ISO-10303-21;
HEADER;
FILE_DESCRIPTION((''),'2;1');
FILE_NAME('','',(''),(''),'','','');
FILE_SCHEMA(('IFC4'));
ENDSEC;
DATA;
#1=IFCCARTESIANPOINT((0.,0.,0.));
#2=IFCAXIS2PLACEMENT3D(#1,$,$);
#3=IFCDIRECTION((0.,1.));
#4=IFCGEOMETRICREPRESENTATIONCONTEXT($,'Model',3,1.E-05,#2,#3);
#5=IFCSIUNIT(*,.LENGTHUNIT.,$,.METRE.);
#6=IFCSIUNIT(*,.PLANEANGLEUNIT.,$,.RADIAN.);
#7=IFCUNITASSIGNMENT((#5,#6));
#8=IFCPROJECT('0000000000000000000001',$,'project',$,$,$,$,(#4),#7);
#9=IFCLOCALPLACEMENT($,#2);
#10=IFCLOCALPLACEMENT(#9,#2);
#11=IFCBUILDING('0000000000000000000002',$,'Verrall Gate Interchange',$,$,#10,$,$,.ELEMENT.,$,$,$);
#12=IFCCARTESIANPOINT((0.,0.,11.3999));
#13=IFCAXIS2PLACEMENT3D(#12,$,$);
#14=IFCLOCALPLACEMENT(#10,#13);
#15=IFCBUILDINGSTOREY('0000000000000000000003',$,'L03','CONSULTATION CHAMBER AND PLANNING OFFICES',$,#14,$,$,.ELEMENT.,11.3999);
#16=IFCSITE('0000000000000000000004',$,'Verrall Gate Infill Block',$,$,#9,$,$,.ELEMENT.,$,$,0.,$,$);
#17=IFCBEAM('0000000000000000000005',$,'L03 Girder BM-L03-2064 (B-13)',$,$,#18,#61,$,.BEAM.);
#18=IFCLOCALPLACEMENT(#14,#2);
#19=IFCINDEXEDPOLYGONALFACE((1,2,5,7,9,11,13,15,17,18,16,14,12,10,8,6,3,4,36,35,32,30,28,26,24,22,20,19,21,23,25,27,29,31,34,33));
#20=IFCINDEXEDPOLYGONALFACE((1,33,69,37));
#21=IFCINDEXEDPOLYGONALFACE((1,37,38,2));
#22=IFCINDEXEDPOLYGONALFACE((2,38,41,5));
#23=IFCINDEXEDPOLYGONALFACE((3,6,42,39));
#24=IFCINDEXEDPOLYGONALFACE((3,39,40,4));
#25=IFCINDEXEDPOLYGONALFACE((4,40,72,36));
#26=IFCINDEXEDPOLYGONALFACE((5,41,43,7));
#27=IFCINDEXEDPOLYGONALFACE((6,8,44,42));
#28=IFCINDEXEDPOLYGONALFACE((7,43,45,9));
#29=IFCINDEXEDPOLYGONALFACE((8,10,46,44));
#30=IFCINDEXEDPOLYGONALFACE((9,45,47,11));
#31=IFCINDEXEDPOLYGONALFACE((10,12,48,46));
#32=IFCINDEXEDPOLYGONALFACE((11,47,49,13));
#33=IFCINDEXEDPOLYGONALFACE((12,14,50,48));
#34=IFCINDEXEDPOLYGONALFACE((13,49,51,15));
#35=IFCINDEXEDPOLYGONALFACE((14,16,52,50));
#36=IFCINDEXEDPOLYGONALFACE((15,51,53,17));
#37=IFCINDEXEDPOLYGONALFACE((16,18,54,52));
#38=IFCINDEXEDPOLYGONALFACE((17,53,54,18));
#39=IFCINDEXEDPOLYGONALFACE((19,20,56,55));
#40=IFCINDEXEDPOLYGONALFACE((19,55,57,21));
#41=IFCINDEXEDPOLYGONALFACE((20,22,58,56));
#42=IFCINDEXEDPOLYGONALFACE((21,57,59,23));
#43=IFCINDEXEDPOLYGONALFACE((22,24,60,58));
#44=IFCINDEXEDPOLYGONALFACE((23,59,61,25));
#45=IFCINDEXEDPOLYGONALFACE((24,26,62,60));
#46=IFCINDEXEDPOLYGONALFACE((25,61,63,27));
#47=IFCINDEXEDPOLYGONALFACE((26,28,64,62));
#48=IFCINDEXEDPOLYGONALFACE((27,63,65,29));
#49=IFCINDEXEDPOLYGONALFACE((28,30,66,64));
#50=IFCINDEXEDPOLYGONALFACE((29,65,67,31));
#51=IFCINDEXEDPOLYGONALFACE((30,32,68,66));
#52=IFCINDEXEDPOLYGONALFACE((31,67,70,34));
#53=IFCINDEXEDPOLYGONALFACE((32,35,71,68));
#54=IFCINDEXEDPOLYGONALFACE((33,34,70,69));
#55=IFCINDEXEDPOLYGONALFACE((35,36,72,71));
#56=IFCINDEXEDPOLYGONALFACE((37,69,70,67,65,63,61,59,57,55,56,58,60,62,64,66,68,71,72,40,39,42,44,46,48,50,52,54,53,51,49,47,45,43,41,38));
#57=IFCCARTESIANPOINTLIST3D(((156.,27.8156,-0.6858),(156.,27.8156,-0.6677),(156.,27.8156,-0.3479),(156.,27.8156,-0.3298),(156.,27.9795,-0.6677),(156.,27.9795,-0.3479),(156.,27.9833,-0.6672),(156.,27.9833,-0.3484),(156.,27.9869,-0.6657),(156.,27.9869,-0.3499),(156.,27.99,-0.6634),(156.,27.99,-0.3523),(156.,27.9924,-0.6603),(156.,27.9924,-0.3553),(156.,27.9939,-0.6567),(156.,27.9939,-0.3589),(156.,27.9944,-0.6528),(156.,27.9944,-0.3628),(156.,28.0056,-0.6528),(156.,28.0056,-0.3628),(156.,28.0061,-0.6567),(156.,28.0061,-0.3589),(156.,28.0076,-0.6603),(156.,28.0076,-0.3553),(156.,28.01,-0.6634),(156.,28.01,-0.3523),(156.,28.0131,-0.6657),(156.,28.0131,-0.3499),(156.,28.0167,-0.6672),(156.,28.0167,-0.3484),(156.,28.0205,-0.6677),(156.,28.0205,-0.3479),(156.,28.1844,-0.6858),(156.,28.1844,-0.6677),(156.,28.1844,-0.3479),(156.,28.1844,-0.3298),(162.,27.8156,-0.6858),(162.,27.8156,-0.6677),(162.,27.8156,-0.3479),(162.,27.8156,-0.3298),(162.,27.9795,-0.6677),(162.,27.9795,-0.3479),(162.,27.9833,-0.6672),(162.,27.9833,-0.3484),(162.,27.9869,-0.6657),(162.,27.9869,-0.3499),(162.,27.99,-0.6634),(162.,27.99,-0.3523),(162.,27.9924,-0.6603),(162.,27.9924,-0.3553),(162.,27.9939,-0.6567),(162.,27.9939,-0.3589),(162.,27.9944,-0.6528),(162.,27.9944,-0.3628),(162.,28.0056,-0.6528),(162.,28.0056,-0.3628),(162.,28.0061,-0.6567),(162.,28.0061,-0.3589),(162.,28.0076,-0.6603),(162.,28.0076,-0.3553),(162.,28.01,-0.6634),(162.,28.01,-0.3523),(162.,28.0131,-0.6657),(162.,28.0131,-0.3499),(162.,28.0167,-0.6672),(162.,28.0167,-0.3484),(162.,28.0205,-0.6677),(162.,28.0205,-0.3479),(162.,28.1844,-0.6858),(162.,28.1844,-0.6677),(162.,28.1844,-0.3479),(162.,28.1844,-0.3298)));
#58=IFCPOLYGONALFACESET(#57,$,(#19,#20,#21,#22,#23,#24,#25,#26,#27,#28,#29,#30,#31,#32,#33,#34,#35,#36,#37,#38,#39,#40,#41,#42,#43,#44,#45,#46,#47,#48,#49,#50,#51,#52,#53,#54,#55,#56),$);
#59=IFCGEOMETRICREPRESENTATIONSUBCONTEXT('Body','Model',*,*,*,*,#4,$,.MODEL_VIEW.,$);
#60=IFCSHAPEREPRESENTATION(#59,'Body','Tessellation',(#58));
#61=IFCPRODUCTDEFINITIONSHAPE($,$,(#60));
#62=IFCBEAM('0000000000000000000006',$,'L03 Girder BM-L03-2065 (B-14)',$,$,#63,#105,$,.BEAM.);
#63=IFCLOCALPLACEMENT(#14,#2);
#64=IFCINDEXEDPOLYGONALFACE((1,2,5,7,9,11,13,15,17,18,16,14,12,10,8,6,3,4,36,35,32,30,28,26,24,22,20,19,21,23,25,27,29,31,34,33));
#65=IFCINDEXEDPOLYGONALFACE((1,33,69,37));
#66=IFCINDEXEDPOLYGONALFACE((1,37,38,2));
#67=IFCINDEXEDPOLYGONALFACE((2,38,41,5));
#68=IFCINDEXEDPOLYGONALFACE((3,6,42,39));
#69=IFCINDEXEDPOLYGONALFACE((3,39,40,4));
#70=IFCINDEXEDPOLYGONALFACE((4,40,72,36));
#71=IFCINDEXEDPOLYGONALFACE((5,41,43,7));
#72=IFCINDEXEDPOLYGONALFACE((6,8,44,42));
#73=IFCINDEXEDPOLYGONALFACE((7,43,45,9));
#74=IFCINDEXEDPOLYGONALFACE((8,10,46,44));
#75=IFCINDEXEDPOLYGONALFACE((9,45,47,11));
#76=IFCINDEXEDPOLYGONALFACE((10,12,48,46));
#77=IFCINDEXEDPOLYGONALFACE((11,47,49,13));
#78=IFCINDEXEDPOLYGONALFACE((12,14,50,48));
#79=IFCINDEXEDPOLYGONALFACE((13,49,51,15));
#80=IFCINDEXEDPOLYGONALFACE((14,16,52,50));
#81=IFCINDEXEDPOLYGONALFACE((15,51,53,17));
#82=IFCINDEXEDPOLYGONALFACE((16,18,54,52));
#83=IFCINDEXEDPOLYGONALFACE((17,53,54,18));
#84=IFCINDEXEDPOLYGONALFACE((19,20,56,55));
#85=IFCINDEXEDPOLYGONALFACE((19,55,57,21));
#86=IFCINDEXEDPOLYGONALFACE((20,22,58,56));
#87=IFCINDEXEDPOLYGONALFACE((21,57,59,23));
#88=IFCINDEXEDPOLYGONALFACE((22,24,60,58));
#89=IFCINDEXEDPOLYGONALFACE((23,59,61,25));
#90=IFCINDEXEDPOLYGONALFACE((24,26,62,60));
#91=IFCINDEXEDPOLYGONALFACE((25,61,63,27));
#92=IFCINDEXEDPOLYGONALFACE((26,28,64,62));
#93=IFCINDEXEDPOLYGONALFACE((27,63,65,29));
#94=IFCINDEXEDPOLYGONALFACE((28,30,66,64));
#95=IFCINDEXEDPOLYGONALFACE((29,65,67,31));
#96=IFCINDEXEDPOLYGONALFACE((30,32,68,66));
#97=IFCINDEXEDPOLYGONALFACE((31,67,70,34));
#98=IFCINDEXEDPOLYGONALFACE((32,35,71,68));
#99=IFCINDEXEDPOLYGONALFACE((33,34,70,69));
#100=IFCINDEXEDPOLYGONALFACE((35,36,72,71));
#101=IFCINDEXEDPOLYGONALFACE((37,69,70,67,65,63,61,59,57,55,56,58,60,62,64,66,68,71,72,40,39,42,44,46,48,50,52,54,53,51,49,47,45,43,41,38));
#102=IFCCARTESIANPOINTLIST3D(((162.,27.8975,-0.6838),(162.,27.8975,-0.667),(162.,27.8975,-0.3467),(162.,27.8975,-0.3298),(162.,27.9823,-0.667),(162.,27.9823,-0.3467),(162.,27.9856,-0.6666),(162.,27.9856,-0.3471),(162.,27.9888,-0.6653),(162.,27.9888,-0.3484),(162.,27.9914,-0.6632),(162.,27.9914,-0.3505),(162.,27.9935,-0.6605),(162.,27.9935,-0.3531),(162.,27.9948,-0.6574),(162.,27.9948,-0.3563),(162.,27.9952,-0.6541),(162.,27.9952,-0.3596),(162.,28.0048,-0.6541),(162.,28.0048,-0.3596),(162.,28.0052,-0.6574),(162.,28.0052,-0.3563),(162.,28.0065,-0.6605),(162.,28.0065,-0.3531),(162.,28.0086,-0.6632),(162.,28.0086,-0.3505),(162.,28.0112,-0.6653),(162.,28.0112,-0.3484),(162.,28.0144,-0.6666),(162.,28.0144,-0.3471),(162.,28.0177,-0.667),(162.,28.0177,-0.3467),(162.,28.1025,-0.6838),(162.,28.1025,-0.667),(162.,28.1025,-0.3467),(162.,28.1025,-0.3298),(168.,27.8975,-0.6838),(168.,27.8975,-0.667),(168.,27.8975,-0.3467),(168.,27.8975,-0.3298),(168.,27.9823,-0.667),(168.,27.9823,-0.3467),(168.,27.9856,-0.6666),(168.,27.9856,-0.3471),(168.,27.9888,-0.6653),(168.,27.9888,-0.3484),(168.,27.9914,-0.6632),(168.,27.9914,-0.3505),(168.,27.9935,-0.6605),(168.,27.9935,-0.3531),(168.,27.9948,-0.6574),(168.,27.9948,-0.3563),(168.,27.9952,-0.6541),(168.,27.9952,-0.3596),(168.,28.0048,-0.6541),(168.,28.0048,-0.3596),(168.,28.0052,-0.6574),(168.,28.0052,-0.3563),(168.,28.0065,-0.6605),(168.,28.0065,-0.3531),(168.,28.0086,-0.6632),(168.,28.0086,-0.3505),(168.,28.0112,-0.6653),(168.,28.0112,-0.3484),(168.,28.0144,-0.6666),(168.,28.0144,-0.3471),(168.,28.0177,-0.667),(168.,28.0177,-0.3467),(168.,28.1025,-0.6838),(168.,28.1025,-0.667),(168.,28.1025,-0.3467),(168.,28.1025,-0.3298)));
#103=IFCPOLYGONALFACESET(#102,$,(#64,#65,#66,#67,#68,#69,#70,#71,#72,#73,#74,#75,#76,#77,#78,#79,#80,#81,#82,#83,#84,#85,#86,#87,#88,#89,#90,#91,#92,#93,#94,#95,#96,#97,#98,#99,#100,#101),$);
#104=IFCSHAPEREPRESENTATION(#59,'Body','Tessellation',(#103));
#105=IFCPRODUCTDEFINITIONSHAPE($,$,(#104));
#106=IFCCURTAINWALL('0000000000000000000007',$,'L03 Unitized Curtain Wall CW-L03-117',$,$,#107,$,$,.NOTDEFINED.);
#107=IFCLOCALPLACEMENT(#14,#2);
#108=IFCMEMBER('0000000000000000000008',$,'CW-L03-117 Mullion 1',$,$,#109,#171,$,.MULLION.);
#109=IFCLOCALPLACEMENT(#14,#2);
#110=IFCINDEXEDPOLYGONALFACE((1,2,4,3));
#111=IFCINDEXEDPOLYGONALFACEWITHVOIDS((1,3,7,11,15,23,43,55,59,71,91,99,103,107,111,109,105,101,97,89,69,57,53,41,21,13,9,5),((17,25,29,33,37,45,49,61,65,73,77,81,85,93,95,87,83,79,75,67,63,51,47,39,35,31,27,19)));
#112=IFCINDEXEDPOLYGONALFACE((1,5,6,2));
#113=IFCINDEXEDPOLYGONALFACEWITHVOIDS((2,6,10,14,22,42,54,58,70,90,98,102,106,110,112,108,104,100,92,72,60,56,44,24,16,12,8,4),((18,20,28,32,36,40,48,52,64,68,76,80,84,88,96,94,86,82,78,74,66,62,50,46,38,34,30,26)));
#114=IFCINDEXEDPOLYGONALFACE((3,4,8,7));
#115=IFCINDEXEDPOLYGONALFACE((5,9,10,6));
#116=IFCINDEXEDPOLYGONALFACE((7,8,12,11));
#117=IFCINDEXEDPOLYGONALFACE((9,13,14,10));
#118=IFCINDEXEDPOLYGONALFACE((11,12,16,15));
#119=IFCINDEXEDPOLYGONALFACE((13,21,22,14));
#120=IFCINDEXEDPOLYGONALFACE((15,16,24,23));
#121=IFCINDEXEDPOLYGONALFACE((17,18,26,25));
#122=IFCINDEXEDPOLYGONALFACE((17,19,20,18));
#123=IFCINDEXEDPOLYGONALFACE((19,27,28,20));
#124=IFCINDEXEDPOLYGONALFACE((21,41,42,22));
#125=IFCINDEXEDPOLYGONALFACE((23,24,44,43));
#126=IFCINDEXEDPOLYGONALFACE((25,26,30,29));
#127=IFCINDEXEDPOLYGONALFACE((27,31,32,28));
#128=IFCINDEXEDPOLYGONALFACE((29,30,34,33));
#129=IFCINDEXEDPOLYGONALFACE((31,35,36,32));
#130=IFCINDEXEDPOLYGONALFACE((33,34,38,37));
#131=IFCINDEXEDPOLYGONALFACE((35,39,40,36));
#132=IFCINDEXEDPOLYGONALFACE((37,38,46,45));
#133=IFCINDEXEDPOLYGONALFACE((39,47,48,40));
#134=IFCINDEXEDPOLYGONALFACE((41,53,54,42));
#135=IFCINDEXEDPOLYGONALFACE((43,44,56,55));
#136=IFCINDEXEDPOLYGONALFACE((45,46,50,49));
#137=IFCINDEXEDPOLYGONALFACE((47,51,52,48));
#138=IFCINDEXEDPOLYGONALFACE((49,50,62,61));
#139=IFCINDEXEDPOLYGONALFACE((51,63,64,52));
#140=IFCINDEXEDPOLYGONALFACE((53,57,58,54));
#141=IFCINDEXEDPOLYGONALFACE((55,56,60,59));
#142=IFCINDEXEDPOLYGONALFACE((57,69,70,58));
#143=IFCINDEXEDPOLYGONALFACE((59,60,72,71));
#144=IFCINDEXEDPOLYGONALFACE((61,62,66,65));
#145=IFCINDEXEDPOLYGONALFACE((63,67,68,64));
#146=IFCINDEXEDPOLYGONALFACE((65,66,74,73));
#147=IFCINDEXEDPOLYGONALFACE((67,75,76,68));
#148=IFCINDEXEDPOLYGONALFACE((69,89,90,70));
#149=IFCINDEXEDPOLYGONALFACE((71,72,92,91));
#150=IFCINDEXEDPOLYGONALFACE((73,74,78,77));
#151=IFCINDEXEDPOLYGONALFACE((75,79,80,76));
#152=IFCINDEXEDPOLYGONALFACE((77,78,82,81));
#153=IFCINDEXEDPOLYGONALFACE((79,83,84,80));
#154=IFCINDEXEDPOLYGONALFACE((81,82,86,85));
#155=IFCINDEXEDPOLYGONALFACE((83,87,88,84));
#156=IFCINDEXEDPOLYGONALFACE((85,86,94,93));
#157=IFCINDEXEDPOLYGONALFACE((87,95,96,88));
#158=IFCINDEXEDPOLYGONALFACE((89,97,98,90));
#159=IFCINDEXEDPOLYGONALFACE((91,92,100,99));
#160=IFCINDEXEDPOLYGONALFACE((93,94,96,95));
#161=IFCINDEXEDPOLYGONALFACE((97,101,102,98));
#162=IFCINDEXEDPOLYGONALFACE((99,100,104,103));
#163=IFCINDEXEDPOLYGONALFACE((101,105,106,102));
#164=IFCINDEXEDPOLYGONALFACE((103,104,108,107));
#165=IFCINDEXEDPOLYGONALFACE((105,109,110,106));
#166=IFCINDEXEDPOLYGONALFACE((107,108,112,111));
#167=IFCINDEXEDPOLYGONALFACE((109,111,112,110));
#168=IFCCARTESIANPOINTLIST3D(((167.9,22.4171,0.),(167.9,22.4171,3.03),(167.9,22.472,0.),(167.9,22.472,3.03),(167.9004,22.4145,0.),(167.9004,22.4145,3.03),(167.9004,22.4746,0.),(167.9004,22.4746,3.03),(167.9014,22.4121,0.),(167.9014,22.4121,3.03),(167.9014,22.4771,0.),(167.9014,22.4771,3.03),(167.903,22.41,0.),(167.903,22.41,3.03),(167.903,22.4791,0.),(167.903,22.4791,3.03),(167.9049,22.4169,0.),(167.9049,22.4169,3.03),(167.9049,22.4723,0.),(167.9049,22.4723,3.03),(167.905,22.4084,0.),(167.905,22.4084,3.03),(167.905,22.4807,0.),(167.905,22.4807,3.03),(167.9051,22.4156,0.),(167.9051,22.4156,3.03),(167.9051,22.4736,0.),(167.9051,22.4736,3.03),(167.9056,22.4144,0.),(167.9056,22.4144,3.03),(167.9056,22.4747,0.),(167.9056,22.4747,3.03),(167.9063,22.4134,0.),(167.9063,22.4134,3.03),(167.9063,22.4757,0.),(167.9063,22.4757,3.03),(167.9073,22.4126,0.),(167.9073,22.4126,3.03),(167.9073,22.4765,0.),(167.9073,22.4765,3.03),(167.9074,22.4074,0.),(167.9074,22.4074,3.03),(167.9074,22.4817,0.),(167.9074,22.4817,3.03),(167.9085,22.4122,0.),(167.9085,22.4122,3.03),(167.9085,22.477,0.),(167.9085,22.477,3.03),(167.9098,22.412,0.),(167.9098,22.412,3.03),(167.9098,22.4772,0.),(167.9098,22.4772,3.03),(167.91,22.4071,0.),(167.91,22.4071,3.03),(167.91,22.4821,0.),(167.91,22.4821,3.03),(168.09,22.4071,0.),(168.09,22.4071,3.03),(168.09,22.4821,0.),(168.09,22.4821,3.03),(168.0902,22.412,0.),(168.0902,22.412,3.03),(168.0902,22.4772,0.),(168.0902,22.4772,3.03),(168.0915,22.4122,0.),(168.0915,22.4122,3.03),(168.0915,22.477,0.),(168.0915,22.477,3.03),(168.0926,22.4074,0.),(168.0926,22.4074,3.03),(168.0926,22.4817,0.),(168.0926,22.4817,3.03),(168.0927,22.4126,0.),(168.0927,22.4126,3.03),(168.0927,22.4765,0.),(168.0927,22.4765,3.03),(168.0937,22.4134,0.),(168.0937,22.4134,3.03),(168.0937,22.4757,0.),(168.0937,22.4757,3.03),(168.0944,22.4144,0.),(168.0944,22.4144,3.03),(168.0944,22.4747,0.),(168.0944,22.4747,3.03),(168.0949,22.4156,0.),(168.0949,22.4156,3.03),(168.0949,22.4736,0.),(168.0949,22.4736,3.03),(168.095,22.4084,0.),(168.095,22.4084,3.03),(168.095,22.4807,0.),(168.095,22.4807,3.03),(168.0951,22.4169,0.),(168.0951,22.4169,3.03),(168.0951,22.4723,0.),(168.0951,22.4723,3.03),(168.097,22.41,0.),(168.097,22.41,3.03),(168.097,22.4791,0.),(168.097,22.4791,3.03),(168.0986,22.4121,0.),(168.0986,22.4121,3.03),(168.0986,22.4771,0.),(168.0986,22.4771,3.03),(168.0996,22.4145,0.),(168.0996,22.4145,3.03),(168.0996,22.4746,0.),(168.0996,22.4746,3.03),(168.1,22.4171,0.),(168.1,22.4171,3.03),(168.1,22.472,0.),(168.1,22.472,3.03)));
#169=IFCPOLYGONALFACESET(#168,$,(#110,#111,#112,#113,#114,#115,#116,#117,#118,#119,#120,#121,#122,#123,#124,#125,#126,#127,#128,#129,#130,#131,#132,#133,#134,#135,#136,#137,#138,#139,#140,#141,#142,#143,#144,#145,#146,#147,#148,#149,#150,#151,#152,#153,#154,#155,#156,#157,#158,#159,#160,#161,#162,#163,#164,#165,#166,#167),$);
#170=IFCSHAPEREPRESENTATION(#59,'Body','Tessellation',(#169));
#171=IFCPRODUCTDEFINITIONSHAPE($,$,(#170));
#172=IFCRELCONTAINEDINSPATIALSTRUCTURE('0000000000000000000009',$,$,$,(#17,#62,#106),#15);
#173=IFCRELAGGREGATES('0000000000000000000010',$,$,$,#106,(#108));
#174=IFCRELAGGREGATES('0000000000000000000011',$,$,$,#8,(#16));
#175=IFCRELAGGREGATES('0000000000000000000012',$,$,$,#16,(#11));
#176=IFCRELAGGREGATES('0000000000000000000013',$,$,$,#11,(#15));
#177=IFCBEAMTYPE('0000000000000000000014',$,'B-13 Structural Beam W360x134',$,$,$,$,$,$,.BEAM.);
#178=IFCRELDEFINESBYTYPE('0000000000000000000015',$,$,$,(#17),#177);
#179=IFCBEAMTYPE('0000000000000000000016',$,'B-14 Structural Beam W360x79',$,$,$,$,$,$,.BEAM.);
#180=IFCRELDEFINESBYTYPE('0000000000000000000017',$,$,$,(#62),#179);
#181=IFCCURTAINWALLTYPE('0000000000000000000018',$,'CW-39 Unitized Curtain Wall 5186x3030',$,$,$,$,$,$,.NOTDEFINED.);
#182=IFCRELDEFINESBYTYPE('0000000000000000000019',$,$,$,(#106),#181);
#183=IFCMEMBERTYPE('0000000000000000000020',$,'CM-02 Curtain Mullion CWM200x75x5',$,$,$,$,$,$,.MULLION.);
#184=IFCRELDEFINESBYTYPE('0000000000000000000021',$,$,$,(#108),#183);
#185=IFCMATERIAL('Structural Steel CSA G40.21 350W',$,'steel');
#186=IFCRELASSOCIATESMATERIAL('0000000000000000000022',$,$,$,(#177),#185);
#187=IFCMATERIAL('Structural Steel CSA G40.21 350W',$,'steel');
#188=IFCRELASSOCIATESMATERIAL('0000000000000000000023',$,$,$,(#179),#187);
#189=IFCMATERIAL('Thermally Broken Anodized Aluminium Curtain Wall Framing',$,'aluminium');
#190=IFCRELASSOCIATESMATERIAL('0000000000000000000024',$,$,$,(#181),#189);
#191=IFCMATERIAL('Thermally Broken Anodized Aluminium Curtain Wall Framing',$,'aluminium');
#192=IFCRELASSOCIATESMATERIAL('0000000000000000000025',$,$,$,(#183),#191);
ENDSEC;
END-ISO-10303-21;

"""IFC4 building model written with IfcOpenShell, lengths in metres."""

from ifc_helpers import new_model, si_unit, direction, frame, origin, origin_2d, place, context, subcontext, project, spatial, hollow_rectangle, i_section, extrude, material, material_profile, profile_set, type_object, element, aggregate, save


model = new_model("IFC4")

# Units and contexts
model_context = context("Model", 3, precision=1e-05, world=origin(), true_north=direction((0.0, 1.0)))
body_context = subcontext(model_context, "Body", "Model", "MODEL_VIEW")
ifc_project = project(units=[si_unit("LENGTHUNIT", "METRE"), si_unit("PLANEANGLEUNIT", "RADIAN")], contexts=[model_context])

# Site, building, storey
site_placement = place(None, origin())
site = spatial("IfcSite", under=ifc_project, at=site_placement, Name="Verrall Gate Infill Block", CompositionType="ELEMENT", RefElevation=0.0)
building_placement = place(site_placement, origin())
building = spatial("IfcBuilding", under=site, at=building_placement, Name="Verrall Gate Interchange", CompositionType="ELEMENT")
storey_placement = place(building_placement, frame((0.0, 0.0, 11.3999)))
storey = spatial("IfcBuildingStorey", under=building, at=storey_placement, Name="L03", Description="CONSULTATION CHAMBER AND PLANNING OFFICES", CompositionType="ELEMENT", Elevation=11.3999)

# Beams
ifc_material_1 = material(Name="Structural Steel CSA G40.21 350W", Category="steel")
ifc_material_profile_1 = material_profile(ifc_material_1, i_section(OverallWidth=0.3689, OverallDepth=0.356, WebThickness=0.0112, FlangeThickness=0.0181, FilletRadius=0.0149, at=origin_2d()), Name="W360x134")
ifc_profile_set_1 = profile_set([ifc_material_profile_1], Name="Structural Steel CSA G40.21 350W")
beam_type_1 = type_object("IfcBeamType", Name="B-13 Structural Beam W360x134", PredefinedType="BEAM", material=ifc_profile_set_1)
beam_1_placement = place(storey_placement, frame((156.0, 28.0, -0.5078), z_axis=(1.0, 0.0, 0.0), x_axis=(0.0, 1.0, 0.0)))
element("IfcBeam", 1, at=beam_1_placement, inside=storey, type_object=beam_type_1, Name="L03 Girder BM-L03-2064 (B-13)", PredefinedType="BEAM", context=body_context, shape_type="SweptSolid", body=[
    extrude(i_section(OverallWidth=0.3689, OverallDepth=0.356, WebThickness=0.0112, FlangeThickness=0.0181, FilletRadius=0.0149, at=origin_2d()), origin(), (0.0, 0.0, 1.0), 6.0),
])
ifc_material_2 = material(Name="Structural Steel CSA G40.21 350W", Category="steel")
ifc_material_profile_2 = material_profile(ifc_material_2, i_section(OverallWidth=0.2051, OverallDepth=0.354, WebThickness=0.0095, FlangeThickness=0.0168, FilletRadius=0.0129, at=origin_2d()), Name="W360x79")
ifc_profile_set_2 = profile_set([ifc_material_profile_2], Name="Structural Steel CSA G40.21 350W")
beam_type_2 = type_object("IfcBeamType", Name="B-14 Structural Beam W360x79", PredefinedType="BEAM", material=ifc_profile_set_2)
beam_2_placement = place(storey_placement, frame((162.0, 28.0, -0.5068), z_axis=(1.0, 0.0, 0.0), x_axis=(0.0, 1.0, 0.0)))
element("IfcBeam", 2, at=beam_2_placement, inside=storey, type_object=beam_type_2, Name="L03 Girder BM-L03-2065 (B-14)", PredefinedType="BEAM", context=body_context, shape_type="SweptSolid", body=[
    extrude(i_section(OverallWidth=0.2051, OverallDepth=0.354, WebThickness=0.0095, FlangeThickness=0.0168, FilletRadius=0.0129, at=origin_2d()), origin(), (0.0, 0.0, 1.0), 6.0),
])

# Curtain wall, member
ifc_material_3 = material(Name="Thermally Broken Anodized Aluminium Curtain Wall Framing", Category="aluminium")
curtain_wall_type = type_object("IfcCurtainWallType", Name="CW-39 Unitized Curtain Wall 5186x3030", PredefinedType="NOTDEFINED", material=ifc_material_3)
curtain_wall_placement = place(storey_placement, origin())
curtain_wall = element("IfcCurtainWall", 3, at=curtain_wall_placement, inside=storey, type_object=curtain_wall_type, Name="L03 Unitized Curtain Wall CW-L03-117", PredefinedType="NOTDEFINED")
ifc_material_4 = material(Name="Thermally Broken Anodized Aluminium Curtain Wall Framing", Category="aluminium")
ifc_material_profile_3 = material_profile(ifc_material_4, hollow_rectangle(XDim=0.075, YDim=0.2, WallThickness=0.0049, InnerFilletRadius=0.0049, OuterFilletRadius=0.01, at=origin_2d()), Name="CWM200x75x5")
ifc_profile_set_3 = profile_set([ifc_material_profile_3], Name="Thermally Broken Anodized Aluminium Curtain Wall Framing")
member_type_1 = type_object("IfcMemberType", Name="CM-02 Curtain Mullion CWM200x75x5", PredefinedType="MULLION", material=ifc_profile_set_3)
member_1_placement = place(storey_placement, frame((168.0, 22.4446, 0.0), z_axis=(0.0, 0.0, 1.0), x_axis=(0.0, 1.0, 0.0)))
member_1 = element("IfcMember", 4, at=member_1_placement, type_object=member_type_1, Name="CW-L03-117 Mullion 1", PredefinedType="MULLION", context=body_context, shape_type="SweptSolid", body=[
    extrude(hollow_rectangle(XDim=0.075, YDim=0.2, WallThickness=0.0049, InnerFilletRadius=0.0049, OuterFilletRadius=0.01, at=origin_2d()), origin(), (0.0, 0.0, 1.0), 3.03),
])

aggregate(curtain_wall, [member_1])

save(model, "model.ifc")
